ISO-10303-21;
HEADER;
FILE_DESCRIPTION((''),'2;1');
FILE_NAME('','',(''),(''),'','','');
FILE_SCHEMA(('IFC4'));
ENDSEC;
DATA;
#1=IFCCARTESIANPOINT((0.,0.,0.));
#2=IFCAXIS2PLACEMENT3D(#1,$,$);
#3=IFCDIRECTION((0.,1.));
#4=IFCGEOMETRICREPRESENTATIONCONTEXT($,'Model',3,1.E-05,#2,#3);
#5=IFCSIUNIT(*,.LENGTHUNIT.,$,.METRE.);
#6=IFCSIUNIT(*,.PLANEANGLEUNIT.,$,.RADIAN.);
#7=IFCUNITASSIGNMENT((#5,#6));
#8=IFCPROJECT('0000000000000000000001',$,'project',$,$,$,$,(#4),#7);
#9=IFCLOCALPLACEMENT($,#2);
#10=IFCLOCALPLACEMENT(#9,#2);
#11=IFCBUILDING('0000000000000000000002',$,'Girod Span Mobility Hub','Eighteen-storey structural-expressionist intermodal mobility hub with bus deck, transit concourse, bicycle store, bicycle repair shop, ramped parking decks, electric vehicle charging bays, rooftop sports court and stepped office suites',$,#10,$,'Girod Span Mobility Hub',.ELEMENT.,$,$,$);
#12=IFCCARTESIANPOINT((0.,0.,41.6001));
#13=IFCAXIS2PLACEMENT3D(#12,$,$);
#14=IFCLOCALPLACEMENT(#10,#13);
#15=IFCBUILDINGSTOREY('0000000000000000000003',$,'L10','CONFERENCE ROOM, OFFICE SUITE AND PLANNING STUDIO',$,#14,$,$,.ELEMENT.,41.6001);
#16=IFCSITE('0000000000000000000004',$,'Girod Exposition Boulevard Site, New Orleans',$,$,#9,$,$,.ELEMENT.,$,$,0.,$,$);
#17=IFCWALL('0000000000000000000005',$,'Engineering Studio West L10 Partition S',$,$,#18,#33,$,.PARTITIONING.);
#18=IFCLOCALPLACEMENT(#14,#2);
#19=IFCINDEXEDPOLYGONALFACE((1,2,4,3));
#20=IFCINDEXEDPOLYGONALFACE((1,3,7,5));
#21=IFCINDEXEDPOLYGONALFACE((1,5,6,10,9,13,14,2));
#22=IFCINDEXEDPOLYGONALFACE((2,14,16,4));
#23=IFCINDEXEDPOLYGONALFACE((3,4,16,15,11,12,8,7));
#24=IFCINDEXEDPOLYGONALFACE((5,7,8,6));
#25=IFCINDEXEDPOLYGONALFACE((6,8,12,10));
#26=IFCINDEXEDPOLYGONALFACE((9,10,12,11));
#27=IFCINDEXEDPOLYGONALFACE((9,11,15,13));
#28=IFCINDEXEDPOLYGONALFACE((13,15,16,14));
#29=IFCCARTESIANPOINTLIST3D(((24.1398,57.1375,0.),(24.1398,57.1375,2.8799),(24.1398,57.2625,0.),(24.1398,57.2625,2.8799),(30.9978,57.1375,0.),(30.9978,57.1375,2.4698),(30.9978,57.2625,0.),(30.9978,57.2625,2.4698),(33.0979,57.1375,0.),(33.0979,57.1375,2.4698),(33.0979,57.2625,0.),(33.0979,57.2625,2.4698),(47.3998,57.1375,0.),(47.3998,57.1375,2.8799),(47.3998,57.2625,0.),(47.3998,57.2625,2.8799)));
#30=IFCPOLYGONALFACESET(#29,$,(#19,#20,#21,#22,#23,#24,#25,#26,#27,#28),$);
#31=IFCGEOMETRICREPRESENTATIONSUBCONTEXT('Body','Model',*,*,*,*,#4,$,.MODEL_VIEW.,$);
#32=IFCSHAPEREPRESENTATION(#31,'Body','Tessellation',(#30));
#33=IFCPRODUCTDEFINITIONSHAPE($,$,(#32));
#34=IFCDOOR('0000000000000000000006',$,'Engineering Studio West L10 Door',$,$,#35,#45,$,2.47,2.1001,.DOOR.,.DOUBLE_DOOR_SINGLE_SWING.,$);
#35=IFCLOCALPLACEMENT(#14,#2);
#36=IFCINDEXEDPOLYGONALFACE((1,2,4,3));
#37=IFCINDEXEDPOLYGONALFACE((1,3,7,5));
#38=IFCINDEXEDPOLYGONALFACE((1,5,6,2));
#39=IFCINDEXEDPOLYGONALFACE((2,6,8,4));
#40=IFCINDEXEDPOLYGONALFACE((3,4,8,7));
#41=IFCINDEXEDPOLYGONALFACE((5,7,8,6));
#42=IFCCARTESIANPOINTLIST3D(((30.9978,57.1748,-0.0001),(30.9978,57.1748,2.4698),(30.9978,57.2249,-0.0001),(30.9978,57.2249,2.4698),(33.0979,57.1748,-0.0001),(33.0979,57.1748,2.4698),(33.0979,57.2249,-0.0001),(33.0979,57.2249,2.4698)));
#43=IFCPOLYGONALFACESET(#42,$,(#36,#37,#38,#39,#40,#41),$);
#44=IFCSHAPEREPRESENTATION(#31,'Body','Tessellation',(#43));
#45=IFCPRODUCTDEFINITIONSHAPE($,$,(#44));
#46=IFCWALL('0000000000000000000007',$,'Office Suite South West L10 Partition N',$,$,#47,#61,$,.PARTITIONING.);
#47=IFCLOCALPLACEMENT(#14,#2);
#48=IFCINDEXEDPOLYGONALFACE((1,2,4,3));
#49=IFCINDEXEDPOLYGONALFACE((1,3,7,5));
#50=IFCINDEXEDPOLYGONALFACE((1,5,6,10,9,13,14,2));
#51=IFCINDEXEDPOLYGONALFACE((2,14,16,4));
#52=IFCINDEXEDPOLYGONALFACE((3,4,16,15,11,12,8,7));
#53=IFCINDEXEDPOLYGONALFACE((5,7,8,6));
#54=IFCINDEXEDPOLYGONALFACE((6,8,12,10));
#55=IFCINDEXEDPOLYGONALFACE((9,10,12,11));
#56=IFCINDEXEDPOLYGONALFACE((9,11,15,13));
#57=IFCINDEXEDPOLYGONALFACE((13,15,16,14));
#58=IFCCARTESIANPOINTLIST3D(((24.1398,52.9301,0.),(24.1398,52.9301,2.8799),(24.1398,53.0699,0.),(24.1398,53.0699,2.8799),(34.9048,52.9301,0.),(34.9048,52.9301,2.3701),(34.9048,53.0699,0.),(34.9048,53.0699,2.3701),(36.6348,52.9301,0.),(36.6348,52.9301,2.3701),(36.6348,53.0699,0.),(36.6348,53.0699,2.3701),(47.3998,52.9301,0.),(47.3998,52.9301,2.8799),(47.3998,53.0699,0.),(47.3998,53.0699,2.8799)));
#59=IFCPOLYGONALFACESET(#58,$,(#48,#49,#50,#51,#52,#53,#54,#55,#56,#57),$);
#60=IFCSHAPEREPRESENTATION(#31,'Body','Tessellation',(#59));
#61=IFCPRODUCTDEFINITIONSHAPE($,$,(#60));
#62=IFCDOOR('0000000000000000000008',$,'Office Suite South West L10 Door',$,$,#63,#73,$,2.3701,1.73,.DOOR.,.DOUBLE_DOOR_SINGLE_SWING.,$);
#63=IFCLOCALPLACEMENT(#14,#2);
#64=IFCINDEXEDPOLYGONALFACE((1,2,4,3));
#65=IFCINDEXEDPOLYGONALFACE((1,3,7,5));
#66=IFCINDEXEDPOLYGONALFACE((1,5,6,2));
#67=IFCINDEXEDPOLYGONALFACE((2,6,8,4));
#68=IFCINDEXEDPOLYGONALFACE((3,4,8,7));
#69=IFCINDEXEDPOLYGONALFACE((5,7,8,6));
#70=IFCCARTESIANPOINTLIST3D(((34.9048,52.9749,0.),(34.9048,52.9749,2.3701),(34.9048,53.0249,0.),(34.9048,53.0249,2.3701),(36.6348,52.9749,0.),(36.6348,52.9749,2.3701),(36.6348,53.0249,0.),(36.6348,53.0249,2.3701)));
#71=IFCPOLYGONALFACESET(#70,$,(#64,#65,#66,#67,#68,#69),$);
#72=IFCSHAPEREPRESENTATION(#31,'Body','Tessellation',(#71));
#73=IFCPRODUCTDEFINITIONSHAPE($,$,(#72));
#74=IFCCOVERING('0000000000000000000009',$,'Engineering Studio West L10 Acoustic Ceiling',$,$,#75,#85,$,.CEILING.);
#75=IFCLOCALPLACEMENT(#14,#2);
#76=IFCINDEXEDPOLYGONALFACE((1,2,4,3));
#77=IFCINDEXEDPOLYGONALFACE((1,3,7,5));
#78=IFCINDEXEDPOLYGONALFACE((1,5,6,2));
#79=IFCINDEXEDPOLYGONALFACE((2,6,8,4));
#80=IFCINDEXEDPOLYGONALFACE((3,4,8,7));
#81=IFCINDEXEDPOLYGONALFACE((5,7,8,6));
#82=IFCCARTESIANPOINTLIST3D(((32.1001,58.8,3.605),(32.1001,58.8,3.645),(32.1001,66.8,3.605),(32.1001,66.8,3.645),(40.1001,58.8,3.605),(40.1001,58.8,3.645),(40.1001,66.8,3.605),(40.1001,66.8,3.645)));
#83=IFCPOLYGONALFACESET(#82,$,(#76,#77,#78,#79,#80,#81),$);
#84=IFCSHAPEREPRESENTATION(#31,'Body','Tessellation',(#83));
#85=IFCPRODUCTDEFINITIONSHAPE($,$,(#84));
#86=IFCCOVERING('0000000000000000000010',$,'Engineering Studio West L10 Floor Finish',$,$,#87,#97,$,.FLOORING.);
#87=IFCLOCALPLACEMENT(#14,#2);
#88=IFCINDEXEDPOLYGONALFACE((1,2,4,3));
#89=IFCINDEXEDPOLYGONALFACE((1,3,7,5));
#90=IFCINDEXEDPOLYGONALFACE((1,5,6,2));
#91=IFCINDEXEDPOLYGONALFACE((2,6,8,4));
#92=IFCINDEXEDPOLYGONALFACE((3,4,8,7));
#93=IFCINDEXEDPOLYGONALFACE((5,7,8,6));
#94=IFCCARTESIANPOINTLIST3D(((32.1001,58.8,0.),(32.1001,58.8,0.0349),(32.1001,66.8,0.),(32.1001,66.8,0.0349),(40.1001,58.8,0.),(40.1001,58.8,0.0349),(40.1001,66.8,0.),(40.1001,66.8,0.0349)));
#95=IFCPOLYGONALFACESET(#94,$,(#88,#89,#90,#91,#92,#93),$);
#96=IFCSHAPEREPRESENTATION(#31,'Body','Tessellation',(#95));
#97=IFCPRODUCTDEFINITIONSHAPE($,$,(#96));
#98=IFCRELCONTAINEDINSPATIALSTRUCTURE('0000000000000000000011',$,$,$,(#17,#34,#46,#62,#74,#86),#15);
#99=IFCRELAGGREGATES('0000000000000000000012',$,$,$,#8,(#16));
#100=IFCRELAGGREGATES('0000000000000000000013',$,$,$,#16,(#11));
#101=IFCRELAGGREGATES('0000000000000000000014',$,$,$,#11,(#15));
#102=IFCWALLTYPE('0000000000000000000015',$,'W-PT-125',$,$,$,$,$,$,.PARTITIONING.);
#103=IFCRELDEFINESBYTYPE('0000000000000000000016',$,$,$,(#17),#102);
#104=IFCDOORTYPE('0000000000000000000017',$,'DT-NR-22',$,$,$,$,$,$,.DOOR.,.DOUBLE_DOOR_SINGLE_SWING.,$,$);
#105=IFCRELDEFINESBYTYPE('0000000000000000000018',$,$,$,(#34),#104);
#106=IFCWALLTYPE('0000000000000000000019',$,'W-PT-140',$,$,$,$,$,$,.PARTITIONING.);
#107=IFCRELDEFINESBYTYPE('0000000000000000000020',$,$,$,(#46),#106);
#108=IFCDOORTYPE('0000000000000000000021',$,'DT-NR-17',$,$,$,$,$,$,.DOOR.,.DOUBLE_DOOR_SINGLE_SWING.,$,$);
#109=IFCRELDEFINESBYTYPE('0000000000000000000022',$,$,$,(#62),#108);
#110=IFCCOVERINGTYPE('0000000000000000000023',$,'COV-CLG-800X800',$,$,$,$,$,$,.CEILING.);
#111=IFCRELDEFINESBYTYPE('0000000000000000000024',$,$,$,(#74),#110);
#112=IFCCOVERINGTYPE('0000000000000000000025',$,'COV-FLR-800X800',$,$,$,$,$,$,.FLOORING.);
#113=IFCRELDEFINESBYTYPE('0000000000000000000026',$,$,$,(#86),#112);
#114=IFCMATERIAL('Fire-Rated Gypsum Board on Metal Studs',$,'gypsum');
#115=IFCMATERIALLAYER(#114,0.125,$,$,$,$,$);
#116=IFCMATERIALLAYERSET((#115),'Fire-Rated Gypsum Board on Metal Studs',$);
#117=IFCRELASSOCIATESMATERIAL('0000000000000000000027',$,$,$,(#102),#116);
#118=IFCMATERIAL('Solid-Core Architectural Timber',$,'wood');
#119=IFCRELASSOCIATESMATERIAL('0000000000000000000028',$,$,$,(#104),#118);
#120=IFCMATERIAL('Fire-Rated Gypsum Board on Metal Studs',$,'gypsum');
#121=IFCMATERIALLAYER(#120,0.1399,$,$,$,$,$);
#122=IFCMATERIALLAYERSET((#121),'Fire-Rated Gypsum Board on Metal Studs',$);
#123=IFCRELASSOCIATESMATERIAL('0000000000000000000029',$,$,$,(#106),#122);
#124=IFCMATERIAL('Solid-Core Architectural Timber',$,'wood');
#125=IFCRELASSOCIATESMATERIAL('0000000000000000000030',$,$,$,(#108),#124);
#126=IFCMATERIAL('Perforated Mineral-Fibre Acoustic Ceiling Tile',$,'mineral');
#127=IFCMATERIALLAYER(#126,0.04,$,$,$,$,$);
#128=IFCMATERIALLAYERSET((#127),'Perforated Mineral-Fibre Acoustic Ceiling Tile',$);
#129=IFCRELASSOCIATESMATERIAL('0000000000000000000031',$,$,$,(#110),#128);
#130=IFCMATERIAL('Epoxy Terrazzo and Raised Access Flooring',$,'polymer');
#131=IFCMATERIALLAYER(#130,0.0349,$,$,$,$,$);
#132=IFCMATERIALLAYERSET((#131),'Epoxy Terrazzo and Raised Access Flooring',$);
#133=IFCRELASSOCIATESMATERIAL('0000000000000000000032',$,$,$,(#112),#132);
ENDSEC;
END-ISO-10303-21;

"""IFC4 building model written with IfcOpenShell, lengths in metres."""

from ifc_helpers import new_model, si_unit, direction, frame, frame_2d, origin, origin_2d, place, context, subcontext, project, spatial, rectangle, extrude, material, layer, layer_set, type_object, element, fill, save


model = new_model("IFC4")

# Units and contexts
model_context = context("Model", 3, precision=1e-05, world=origin(), true_north=direction((0.0, 1.0)))
body_context = subcontext(model_context, "Body", "Model", "MODEL_VIEW")
ifc_project = project(units=[si_unit("LENGTHUNIT", "METRE"), si_unit("PLANEANGLEUNIT", "RADIAN")], contexts=[model_context])

# Site, building, storey
site_placement = place(None, origin())
site = spatial("IfcSite", under=ifc_project, at=site_placement, Name="Girod Exposition Boulevard Site, New Orleans", CompositionType="ELEMENT", RefElevation=0.0)
building_placement = place(site_placement, origin())
building = spatial("IfcBuilding", under=site, at=building_placement, Name="Girod Span Mobility Hub", Description="Eighteen-storey structural-expressionist intermodal mobility hub with bus deck, transit concourse, bicycle store, bicycle repair shop, ramped parking decks, electric vehicle charging bays, rooftop sports court and stepped office suites", LongName="Girod Span Mobility Hub", CompositionType="ELEMENT")
storey_placement = place(building_placement, frame((0.0, 0.0, 41.6001)))
storey = spatial("IfcBuildingStorey", under=building, at=storey_placement, Name="L10", Description="CONFERENCE ROOM, OFFICE SUITE AND PLANNING STUDIO", CompositionType="ELEMENT", Elevation=41.6001)

# Walls, openings, doors
ifc_material_1 = material(Name="Fire-Rated Gypsum Board on Metal Studs", Category="gypsum")
ifc_layer_1 = layer(ifc_material_1, 0.125)
ifc_layer_set_1 = layer_set([ifc_layer_1], Name="Fire-Rated Gypsum Board on Metal Studs")
wall_type_1 = type_object("IfcWallType", Name="W-PT-125", PredefinedType="PARTITIONING", material=ifc_layer_set_1)
wall_1_placement = place(storey_placement, frame((24.1399, 57.2, 0.0), z_axis=(0.0, 0.0, 1.0), x_axis=(1.0, 0.0, 0.0)))
wall_1 = element("IfcWall", 1, at=wall_1_placement, inside=storey, type_object=wall_type_1, Name="Engineering Studio West L10 Partition S", PredefinedType="PARTITIONING", context=body_context, shape_type="SweptSolid", body=[
    extrude(rectangle(XDim=23.26, YDim=0.125, at=frame_2d((11.6299, 0.0))), origin(), (0.0, 0.0, 1.0), 2.8799),
])
opening_1_placement = place(wall_1_placement, frame((6.8579, 0.0, 0.0)))
opening_1 = element("IfcOpeningElement", 2, at=opening_1_placement, cuts=wall_1, PredefinedType="OPENING", context=body_context, shape_type="SweptSolid", body=[
    extrude(rectangle(XDim=2.1001, YDim=2.47, at=frame_2d((1.05, 1.2349))), frame((0.0, 0.0774, 0.0), z_axis=(0.0, -1.0, 0.0), x_axis=(1.0, 0.0, 0.0)), (0.0, 0.0, 1.0), 0.155),
])
ifc_material_2 = material(Name="Solid-Core Architectural Timber", Category="wood")
door_type_1 = type_object("IfcDoorType", Name="DT-NR-22", OperationType="DOUBLE_DOOR_SINGLE_SWING", PredefinedType="DOOR", material=ifc_material_2)
door_1_placement = place(opening_1_placement, origin())
door_1 = element("IfcDoor", 3, at=door_1_placement, inside=storey, type_object=door_type_1, Name="Engineering Studio West L10 Door", OperationType="DOUBLE_DOOR_SINGLE_SWING", OverallHeight=2.47, OverallWidth=2.1001, PredefinedType="DOOR", context=body_context, shape_type="SweptSolid", body=[
    extrude(rectangle(XDim=2.1001, YDim=2.47, at=frame_2d((1.05, 1.2349))), frame((0.0, 0.0249, 0.0), z_axis=(0.0, -1.0, 0.0), x_axis=(1.0, 0.0, 0.0)), (0.0, 0.0, 1.0), 0.05),
])
fill(opening_1, door_1)
ifc_material_3 = material(Name="Fire-Rated Gypsum Board on Metal Studs", Category="gypsum")
ifc_layer_2 = layer(ifc_material_3, 0.1399)
ifc_layer_set_2 = layer_set([ifc_layer_2], Name="Fire-Rated Gypsum Board on Metal Studs")
wall_type_2 = type_object("IfcWallType", Name="W-PT-140", PredefinedType="PARTITIONING", material=ifc_layer_set_2)
wall_2_placement = place(storey_placement, frame((24.1399, 53.0, 0.0), z_axis=(0.0, 0.0, 1.0), x_axis=(1.0, 0.0, 0.0)))
wall_2 = element("IfcWall", 4, at=wall_2_placement, inside=storey, type_object=wall_type_2, Name="Office Suite South West L10 Partition N", PredefinedType="PARTITIONING", context=body_context, shape_type="SweptSolid", body=[
    extrude(rectangle(XDim=23.26, YDim=0.1399, at=frame_2d((11.6299, 0.0))), origin(), (0.0, 0.0, 1.0), 2.8799),
])
opening_2_placement = place(wall_2_placement, frame((10.7649, 0.0, 0.0)))
opening_2 = element("IfcOpeningElement", 5, at=opening_2_placement, cuts=wall_2, PredefinedType="OPENING", context=body_context, shape_type="SweptSolid", body=[
    extrude(rectangle(XDim=1.73, YDim=2.3701, at=frame_2d((0.865, 1.1851))), frame((0.0, 0.085, 0.0), z_axis=(0.0, -1.0, 0.0), x_axis=(1.0, 0.0, 0.0)), (0.0, 0.0, 1.0), 0.1699),
])
ifc_material_4 = material(Name="Solid-Core Architectural Timber", Category="wood")
door_type_2 = type_object("IfcDoorType", Name="DT-NR-17", OperationType="DOUBLE_DOOR_SINGLE_SWING", PredefinedType="DOOR", material=ifc_material_4)
door_2_placement = place(opening_2_placement, origin())
door_2 = element("IfcDoor", 6, at=door_2_placement, inside=storey, type_object=door_type_2, Name="Office Suite South West L10 Door", OperationType="DOUBLE_DOOR_SINGLE_SWING", OverallHeight=2.3701, OverallWidth=1.73, PredefinedType="DOOR", context=body_context, shape_type="SweptSolid", body=[
    extrude(rectangle(XDim=1.73, YDim=2.3701, at=frame_2d((0.865, 1.1851))), frame((0.0, 0.0249, 0.0), z_axis=(0.0, -1.0, 0.0), x_axis=(1.0, 0.0, 0.0)), (0.0, 0.0, 1.0), 0.05),
])
fill(opening_2, door_2)

# Coverings
ifc_material_5 = material(Name="Perforated Mineral-Fibre Acoustic Ceiling Tile", Category="mineral")
ifc_layer_3 = layer(ifc_material_5, 0.04)
ifc_layer_set_3 = layer_set([ifc_layer_3], Name="Perforated Mineral-Fibre Acoustic Ceiling Tile")
covering_type_1 = type_object("IfcCoveringType", Name="COV-CLG-800X800", PredefinedType="CEILING", material=ifc_layer_set_3)
covering_1_placement = place(storey_placement, frame((36.1001, 62.8, 3.605), z_axis=(0.0, 0.0, 1.0), x_axis=(1.0, 0.0, 0.0)))
element("IfcCovering", 7, at=covering_1_placement, inside=storey, type_object=covering_type_1, Name="Engineering Studio West L10 Acoustic Ceiling", PredefinedType="CEILING", context=body_context, shape_type="SweptSolid", body=[
    extrude(rectangle(XDim=8.0, YDim=8.0, at=origin_2d()), origin(), (0.0, 0.0, 1.0), 0.04),
])
ifc_material_6 = material(Name="Epoxy Terrazzo and Raised Access Flooring", Category="polymer")
ifc_layer_4 = layer(ifc_material_6, 0.0349)
ifc_layer_set_4 = layer_set([ifc_layer_4], Name="Epoxy Terrazzo and Raised Access Flooring")
covering_type_2 = type_object("IfcCoveringType", Name="COV-FLR-800X800", PredefinedType="FLOORING", material=ifc_layer_set_4)
covering_2_placement = place(storey_placement, frame((36.1001, 62.8, 0.0), z_axis=(0.0, 0.0, 1.0), x_axis=(1.0, 0.0, 0.0)))
element("IfcCovering", 8, at=covering_2_placement, inside=storey, type_object=covering_type_2, Name="Engineering Studio West L10 Floor Finish", PredefinedType="FLOORING", context=body_context, shape_type="SweptSolid", body=[
    extrude(rectangle(XDim=8.0, YDim=8.0, at=origin_2d()), origin(), (0.0, 0.0, 1.0), 0.0349),
])

save(model, "model.ifc")
